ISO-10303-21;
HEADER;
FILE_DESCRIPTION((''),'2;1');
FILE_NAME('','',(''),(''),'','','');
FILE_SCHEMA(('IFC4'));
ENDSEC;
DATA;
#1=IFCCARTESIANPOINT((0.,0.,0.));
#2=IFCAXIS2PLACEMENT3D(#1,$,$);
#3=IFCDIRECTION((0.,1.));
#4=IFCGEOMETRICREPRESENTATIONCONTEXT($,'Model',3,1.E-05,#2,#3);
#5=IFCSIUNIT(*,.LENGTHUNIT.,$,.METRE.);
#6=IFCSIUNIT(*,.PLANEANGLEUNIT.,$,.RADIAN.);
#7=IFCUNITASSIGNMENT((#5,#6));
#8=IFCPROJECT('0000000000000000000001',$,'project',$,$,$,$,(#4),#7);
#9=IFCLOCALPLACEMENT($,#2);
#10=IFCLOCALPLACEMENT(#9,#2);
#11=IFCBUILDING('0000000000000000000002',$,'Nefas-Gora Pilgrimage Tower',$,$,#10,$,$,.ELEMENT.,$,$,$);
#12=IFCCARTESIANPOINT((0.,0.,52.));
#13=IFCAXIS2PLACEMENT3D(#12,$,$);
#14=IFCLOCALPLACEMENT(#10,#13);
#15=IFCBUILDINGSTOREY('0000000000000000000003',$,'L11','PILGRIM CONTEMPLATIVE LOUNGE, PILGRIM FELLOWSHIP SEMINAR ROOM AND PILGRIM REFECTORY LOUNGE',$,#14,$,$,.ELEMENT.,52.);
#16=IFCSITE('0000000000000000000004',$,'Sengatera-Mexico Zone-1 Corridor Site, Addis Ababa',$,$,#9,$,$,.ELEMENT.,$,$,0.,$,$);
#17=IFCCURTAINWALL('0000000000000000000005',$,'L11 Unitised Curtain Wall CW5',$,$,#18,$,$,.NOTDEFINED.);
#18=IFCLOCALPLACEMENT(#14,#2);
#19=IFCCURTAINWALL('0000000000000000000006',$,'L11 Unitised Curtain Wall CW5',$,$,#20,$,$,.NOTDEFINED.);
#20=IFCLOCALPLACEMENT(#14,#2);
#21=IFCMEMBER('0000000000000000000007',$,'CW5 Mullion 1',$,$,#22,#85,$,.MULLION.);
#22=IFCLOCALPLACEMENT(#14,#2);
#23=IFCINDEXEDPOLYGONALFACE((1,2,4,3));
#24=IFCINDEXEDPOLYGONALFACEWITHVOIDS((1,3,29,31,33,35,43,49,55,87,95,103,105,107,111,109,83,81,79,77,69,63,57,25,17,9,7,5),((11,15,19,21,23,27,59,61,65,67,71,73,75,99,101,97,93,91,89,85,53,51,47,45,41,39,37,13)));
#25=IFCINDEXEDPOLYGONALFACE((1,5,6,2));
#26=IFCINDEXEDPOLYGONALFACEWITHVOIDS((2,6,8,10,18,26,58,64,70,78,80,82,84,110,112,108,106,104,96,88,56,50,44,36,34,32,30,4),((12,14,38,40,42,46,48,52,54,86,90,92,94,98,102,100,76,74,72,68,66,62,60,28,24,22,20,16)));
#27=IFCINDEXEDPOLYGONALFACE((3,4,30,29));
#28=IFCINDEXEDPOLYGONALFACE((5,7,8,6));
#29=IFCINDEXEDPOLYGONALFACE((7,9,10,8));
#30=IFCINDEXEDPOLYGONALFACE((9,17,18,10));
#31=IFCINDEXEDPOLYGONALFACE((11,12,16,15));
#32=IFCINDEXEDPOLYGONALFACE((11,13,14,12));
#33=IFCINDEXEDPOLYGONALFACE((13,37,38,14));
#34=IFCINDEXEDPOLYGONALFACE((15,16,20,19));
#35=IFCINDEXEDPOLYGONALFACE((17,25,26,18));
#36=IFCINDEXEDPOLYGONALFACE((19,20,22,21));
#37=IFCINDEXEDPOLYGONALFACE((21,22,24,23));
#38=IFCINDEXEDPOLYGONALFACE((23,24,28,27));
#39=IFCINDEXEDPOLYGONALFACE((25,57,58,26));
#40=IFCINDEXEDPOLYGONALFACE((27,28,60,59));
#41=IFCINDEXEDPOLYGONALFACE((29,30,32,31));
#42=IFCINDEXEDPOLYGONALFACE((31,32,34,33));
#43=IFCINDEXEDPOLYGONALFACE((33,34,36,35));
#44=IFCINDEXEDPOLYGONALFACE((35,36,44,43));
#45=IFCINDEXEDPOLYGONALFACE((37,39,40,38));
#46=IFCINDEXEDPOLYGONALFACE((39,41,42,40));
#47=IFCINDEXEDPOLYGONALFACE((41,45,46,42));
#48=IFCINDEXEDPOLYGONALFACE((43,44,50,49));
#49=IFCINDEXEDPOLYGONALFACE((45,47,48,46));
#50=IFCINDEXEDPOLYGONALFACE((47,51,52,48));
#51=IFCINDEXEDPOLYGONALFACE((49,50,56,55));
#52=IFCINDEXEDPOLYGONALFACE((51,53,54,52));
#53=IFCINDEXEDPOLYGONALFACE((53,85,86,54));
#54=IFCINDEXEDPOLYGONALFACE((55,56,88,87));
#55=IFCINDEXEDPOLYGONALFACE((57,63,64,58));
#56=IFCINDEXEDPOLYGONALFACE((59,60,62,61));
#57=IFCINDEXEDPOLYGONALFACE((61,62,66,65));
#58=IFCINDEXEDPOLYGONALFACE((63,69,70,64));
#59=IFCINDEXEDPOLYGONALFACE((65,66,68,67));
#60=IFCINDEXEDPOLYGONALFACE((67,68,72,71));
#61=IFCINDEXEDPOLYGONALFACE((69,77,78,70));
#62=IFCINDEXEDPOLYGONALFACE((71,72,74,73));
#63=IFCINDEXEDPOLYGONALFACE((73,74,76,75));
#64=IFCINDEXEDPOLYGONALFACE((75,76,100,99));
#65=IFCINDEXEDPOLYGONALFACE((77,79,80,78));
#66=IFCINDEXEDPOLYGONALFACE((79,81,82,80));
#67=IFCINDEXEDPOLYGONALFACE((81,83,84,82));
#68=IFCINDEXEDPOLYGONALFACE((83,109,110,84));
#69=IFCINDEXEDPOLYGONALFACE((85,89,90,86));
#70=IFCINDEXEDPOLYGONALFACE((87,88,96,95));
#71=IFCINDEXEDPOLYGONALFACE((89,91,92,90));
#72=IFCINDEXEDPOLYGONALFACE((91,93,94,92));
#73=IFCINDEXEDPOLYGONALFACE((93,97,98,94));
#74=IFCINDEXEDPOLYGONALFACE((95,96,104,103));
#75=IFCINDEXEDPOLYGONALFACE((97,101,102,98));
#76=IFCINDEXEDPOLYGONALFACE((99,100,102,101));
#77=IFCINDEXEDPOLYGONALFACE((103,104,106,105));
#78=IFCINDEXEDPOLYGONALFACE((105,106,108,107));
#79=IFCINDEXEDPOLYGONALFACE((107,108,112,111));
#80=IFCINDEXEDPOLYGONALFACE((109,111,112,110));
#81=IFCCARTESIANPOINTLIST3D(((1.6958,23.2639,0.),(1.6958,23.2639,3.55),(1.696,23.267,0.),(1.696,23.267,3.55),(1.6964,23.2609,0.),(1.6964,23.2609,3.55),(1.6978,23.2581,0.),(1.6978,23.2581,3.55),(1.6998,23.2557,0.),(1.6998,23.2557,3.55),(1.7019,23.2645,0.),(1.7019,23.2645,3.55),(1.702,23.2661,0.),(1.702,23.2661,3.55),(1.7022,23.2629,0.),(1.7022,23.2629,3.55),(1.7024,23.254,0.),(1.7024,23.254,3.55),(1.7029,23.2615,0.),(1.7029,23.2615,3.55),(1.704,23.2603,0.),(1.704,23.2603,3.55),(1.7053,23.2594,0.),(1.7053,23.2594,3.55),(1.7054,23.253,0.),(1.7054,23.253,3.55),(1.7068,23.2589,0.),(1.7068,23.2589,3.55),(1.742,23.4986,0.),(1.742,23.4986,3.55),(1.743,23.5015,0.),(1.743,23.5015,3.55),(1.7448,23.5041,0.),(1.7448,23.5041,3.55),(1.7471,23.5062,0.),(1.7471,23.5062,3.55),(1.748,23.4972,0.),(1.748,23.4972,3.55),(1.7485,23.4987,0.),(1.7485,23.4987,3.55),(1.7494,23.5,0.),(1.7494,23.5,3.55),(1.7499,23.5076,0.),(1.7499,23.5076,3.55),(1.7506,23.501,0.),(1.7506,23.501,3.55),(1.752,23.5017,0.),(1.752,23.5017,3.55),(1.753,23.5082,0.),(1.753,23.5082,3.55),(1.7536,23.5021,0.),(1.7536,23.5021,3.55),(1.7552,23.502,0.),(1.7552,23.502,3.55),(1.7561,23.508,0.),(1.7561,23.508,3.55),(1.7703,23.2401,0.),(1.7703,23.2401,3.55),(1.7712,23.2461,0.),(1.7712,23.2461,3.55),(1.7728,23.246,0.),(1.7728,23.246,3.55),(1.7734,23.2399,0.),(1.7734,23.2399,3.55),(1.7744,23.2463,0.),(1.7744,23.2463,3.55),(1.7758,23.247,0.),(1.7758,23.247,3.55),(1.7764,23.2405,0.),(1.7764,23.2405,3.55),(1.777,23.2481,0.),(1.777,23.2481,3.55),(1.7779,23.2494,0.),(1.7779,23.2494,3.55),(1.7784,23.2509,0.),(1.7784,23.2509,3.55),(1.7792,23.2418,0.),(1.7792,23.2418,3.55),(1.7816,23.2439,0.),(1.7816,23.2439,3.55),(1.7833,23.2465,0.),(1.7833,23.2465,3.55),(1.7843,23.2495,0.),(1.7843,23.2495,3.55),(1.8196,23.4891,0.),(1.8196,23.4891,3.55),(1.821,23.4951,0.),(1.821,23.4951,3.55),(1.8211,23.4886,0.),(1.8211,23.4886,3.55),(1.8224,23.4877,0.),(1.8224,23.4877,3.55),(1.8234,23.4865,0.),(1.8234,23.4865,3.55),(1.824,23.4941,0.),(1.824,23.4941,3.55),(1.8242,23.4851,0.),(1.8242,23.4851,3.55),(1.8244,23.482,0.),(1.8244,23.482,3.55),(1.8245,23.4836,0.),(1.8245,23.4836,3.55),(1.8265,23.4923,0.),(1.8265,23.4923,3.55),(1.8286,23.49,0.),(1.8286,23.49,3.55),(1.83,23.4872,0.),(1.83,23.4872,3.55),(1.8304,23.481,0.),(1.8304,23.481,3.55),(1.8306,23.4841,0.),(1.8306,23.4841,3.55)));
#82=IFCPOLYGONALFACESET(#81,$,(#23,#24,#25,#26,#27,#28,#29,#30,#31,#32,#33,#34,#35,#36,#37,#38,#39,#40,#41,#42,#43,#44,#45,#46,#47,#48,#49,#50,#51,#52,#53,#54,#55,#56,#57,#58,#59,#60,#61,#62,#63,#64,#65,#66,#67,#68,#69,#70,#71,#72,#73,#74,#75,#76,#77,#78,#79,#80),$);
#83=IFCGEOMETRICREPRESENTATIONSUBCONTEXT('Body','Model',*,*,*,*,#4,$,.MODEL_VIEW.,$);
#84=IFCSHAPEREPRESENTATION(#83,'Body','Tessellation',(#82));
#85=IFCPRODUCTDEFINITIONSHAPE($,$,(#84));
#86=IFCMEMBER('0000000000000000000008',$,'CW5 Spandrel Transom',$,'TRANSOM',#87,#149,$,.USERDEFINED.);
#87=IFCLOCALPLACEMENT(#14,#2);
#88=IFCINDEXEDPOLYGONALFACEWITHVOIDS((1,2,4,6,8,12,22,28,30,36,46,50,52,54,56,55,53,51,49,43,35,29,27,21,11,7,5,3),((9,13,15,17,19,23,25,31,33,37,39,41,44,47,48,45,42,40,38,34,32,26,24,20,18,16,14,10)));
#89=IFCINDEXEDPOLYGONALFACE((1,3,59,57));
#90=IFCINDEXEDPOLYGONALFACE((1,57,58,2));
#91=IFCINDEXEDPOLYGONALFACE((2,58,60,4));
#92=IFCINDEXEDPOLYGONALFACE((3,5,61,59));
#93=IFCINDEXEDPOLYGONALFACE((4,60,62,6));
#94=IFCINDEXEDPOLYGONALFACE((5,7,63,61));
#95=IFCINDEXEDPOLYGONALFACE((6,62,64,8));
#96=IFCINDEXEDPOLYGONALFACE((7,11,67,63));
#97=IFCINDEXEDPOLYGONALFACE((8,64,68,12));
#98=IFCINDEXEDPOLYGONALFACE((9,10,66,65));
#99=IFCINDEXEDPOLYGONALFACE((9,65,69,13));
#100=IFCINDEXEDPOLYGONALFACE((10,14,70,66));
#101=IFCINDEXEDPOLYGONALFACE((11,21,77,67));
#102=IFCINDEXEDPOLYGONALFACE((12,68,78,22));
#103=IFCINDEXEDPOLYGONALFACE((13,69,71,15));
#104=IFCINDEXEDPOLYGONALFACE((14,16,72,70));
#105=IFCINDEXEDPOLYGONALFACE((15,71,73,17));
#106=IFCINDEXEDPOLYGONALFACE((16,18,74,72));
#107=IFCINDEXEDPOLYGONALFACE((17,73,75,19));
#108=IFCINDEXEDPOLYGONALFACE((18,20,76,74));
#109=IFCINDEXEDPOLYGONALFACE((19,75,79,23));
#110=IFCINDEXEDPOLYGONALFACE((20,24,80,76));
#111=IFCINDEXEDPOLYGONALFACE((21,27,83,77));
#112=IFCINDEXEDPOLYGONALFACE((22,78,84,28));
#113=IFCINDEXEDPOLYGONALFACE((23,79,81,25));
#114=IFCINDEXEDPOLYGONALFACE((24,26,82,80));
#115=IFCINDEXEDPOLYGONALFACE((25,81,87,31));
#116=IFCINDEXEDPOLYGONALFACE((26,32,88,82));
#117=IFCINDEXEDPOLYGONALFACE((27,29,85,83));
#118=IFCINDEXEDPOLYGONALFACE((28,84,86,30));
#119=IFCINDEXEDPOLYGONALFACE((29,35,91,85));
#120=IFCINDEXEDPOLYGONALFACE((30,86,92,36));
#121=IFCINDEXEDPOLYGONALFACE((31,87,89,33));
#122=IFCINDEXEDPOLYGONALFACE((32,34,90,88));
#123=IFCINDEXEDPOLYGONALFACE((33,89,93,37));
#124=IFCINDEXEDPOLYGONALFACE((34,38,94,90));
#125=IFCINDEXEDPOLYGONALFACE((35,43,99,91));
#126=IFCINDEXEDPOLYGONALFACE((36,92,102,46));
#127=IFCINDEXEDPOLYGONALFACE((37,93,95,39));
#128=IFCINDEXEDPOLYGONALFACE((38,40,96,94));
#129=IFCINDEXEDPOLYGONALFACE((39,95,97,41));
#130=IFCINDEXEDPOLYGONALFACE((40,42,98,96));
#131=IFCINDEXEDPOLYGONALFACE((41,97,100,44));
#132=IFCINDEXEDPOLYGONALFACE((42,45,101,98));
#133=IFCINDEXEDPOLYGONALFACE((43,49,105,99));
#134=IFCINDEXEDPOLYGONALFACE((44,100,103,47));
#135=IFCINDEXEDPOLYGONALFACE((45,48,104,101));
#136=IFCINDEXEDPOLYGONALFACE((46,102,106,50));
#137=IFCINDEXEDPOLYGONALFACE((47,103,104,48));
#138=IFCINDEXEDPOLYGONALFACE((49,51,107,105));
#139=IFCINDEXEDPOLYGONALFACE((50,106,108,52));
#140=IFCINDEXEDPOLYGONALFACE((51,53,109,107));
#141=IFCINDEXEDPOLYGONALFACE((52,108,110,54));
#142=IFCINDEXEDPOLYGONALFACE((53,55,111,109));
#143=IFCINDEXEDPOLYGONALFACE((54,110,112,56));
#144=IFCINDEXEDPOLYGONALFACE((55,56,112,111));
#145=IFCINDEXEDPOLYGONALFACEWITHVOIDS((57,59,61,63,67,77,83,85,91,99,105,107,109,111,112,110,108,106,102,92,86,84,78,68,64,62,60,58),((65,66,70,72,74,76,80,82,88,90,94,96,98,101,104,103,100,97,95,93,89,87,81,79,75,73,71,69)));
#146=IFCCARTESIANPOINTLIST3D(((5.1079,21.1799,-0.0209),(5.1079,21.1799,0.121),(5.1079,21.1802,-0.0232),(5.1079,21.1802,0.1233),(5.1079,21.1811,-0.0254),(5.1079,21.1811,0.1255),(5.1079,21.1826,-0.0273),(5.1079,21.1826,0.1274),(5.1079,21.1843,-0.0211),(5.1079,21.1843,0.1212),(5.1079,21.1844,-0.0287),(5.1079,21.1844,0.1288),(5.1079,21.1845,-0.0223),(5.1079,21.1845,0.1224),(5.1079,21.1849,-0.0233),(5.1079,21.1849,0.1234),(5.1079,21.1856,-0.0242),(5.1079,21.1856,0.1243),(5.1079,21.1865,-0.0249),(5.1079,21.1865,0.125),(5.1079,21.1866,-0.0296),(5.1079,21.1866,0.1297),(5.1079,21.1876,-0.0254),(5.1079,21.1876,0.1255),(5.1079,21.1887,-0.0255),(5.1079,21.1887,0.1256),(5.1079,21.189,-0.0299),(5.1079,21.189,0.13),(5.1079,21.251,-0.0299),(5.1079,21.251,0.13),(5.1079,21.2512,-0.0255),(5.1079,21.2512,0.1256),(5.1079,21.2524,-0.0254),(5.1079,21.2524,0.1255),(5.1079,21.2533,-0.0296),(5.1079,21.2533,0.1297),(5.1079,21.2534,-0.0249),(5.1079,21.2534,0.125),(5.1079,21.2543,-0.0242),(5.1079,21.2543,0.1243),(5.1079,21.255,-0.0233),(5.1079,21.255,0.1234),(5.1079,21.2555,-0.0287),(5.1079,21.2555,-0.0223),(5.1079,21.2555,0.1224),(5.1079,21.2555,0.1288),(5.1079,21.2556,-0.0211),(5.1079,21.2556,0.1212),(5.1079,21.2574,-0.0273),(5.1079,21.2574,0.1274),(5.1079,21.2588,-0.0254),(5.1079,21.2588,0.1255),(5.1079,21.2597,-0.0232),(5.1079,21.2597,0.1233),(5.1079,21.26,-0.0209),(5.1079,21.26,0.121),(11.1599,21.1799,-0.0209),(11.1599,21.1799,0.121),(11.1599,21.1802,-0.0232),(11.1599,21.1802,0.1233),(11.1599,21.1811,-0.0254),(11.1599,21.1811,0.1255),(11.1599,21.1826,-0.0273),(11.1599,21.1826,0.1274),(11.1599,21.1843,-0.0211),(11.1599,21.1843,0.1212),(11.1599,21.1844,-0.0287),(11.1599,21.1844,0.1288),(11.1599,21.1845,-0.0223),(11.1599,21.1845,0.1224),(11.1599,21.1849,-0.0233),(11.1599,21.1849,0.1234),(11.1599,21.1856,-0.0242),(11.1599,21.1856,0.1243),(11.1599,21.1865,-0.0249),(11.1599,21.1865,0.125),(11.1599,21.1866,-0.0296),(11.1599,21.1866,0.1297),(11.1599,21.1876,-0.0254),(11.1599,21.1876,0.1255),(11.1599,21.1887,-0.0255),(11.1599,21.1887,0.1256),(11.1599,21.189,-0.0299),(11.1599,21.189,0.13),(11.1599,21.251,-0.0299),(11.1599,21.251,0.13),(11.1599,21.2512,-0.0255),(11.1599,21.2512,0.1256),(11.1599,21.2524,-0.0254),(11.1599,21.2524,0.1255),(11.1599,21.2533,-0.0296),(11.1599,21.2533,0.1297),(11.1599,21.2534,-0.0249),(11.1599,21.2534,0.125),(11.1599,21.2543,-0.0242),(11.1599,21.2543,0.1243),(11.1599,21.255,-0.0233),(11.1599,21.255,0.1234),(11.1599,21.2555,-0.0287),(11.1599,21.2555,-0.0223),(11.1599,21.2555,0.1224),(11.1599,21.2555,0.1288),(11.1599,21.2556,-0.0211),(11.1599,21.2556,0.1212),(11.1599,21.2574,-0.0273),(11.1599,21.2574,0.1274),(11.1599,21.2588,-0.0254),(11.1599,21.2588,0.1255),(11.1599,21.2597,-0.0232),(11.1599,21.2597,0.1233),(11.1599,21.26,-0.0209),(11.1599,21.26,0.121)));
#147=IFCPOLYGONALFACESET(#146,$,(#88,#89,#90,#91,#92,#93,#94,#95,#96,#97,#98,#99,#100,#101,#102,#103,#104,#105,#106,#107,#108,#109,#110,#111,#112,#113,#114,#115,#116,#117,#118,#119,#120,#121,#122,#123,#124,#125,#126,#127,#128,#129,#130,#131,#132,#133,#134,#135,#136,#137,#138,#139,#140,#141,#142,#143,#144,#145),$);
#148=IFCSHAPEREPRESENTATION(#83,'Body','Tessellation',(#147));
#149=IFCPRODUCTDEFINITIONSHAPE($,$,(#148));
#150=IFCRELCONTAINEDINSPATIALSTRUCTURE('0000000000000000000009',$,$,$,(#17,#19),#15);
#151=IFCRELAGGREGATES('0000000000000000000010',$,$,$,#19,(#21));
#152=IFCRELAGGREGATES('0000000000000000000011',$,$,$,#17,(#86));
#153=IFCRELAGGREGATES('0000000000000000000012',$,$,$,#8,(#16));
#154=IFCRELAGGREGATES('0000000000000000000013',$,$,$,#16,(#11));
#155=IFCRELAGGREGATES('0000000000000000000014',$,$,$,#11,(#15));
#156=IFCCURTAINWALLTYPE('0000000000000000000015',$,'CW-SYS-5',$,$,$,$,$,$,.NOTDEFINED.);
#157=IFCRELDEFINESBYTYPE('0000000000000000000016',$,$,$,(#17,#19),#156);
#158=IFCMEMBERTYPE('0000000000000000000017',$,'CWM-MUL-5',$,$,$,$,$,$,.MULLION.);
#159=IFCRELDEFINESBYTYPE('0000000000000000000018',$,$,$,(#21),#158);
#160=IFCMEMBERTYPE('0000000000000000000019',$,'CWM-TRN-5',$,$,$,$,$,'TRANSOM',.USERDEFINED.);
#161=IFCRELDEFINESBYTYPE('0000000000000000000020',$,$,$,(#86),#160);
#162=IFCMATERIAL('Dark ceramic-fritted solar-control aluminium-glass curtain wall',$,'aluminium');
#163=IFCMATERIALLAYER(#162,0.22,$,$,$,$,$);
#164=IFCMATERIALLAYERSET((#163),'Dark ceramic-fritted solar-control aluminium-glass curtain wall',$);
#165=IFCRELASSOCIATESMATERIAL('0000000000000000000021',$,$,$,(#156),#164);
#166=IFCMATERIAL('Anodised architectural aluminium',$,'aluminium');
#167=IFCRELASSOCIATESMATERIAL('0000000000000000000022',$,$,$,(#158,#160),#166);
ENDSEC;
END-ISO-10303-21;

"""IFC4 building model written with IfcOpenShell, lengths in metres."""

from ifc_helpers import new_model, si_unit, direction, frame, origin, origin_2d, place, context, subcontext, project, spatial, hollow_rectangle, extrude, source, transform, mapped, material, layer, layer_set, material_profile, profile_set, type_object, element, aggregate, save


model = new_model("IFC4")

# Units and contexts
model_context = context("Model", 3, precision=1e-05, world=origin(), true_north=direction((0.0, 1.0)))
body_context = subcontext(model_context, "Body", "Model", "MODEL_VIEW")
ifc_project = project(units=[si_unit("LENGTHUNIT", "METRE"), si_unit("PLANEANGLEUNIT", "RADIAN")], contexts=[model_context])

# Site, building, storey
site_placement = place(None, origin())
site = spatial("IfcSite", under=ifc_project, at=site_placement, Name="Sengatera-Mexico Zone-1 Corridor Site, Addis Ababa", CompositionType="ELEMENT", RefElevation=0.0)
building_placement = place(site_placement, origin())
building = spatial("IfcBuilding", under=site, at=building_placement, Name="Nefas-Gora Pilgrimage Tower", CompositionType="ELEMENT")
storey_placement = place(building_placement, frame((0.0, 0.0, 52.0)))
storey = spatial("IfcBuildingStorey", under=building, at=storey_placement, Name="L11", Description="PILGRIM CONTEMPLATIVE LOUNGE, PILGRIM FELLOWSHIP SEMINAR ROOM AND PILGRIM REFECTORY LOUNGE", CompositionType="ELEMENT", Elevation=52.0)

# Curtain wall
ifc_material_1 = material(Name="Dark ceramic-fritted solar-control aluminium-glass curtain wall", Category="aluminium")
ifc_layer_1 = layer(ifc_material_1, 0.22)
ifc_layer_set_1 = layer_set([ifc_layer_1], Name="Dark ceramic-fritted solar-control aluminium-glass curtain wall")
curtain_wall_type_1 = type_object("IfcCurtainWallType", Name="CW-SYS-5", PredefinedType="NOTDEFINED", material=ifc_layer_set_1)
curtain_wall_1_placement = place(storey_placement, origin())
curtain_wall_1 = element("IfcCurtainWall", 1, at=curtain_wall_1_placement, inside=storey, type_object=curtain_wall_type_1, Name="L11 Unitised Curtain Wall CW5", PredefinedType="NOTDEFINED")
ifc_material_2 = material(Name="Anodised architectural aluminium", Category="aluminium")
ifc_material_profile_1 = material_profile(ifc_material_2, hollow_rectangle(XDim=0.0901, YDim=0.26, WallThickness=0.0061, InnerFilletRadius=0.0061, OuterFilletRadius=0.012, at=origin_2d()), Name="ALU MULLION 90x260")
ifc_profile_set_1 = profile_set([ifc_material_profile_1], Name="Anodised architectural aluminium")
member_type_1 = type_object("IfcMemberType", Name="CWM-MUL-5", PredefinedType="MULLION", material=ifc_profile_set_1)
shared_shape_1 = source(origin(), body_context, "Body", "SweptSolid", [
    extrude(hollow_rectangle(XDim=0.0901, YDim=0.26, WallThickness=0.0061, InnerFilletRadius=0.0061, OuterFilletRadius=0.012, at=origin_2d()), origin(), (0.0, 0.0, 1.0), 3.55),
])

# Curtain wall, member
curtain_wall_2_placement = place(storey_placement, origin())
curtain_wall_2 = element("IfcCurtainWall", 2, at=curtain_wall_2_placement, inside=storey, type_object=curtain_wall_type_1, Name="L11 Unitised Curtain Wall CW5", PredefinedType="NOTDEFINED")
member_1_placement = place(storey_placement, frame((1.7632, 23.374, 0.0), z_axis=(0.0, 0.0, 1.0), x_axis=(-0.980783, 0.195102, 0.0)))
member_1 = element("IfcMember", 3, at=member_1_placement, type_object=member_type_1, Name="CW5 Mullion 1", PredefinedType="MULLION", context=body_context, shape_type="MappedRepresentation", body=[
    mapped(shared_shape_1, transform((0.0, 0.0, 0.0), x_axis=(1.0, 0.0, 0.0), y_axis=(0.0, 1.0, 0.0), z_axis=(0.0, 0.0, 1.0), scale=1.0)),
])

# Member
ifc_material_profile_2 = material_profile(ifc_material_2, hollow_rectangle(XDim=0.0801, YDim=0.1599, WallThickness=0.0044, InnerFilletRadius=0.0044, OuterFilletRadius=0.009, at=origin_2d()), Name="ALU TRANSOM 80x160")
ifc_profile_set_2 = profile_set([ifc_material_profile_2], Name="Anodised architectural aluminium")
member_type_2 = type_object("IfcMemberType", Name="CWM-TRN-5", ElementType="TRANSOM", PredefinedType="USERDEFINED", material=ifc_profile_set_2)
shared_shape_2 = source(origin(), body_context, "Body", "SweptSolid", [
    extrude(hollow_rectangle(XDim=0.0801, YDim=0.1599, WallThickness=0.0044, InnerFilletRadius=0.0044, OuterFilletRadius=0.009, at=origin_2d()), origin(), (0.0, 0.0, 1.0), 6.052),
])
member_2_placement = place(storey_placement, frame((11.1599, 21.22, 0.05), z_axis=(-1.0, 0.0, 0.0), x_axis=(0.0, -1.0, 0.0)))
member_2 = element("IfcMember", 4, at=member_2_placement, type_object=member_type_2, Name="CW5 Spandrel Transom", ObjectType="TRANSOM", PredefinedType="USERDEFINED", context=body_context, shape_type="MappedRepresentation", body=[
    mapped(shared_shape_2, transform((0.0, 0.0, 0.0), x_axis=(1.0, 0.0, 0.0), y_axis=(0.0, 1.0, 0.0), z_axis=(0.0, 0.0, 1.0), scale=1.0)),
])

aggregate(curtain_wall_2, [member_1])

aggregate(curtain_wall_1, [member_2])

save(model, "model.ifc")
